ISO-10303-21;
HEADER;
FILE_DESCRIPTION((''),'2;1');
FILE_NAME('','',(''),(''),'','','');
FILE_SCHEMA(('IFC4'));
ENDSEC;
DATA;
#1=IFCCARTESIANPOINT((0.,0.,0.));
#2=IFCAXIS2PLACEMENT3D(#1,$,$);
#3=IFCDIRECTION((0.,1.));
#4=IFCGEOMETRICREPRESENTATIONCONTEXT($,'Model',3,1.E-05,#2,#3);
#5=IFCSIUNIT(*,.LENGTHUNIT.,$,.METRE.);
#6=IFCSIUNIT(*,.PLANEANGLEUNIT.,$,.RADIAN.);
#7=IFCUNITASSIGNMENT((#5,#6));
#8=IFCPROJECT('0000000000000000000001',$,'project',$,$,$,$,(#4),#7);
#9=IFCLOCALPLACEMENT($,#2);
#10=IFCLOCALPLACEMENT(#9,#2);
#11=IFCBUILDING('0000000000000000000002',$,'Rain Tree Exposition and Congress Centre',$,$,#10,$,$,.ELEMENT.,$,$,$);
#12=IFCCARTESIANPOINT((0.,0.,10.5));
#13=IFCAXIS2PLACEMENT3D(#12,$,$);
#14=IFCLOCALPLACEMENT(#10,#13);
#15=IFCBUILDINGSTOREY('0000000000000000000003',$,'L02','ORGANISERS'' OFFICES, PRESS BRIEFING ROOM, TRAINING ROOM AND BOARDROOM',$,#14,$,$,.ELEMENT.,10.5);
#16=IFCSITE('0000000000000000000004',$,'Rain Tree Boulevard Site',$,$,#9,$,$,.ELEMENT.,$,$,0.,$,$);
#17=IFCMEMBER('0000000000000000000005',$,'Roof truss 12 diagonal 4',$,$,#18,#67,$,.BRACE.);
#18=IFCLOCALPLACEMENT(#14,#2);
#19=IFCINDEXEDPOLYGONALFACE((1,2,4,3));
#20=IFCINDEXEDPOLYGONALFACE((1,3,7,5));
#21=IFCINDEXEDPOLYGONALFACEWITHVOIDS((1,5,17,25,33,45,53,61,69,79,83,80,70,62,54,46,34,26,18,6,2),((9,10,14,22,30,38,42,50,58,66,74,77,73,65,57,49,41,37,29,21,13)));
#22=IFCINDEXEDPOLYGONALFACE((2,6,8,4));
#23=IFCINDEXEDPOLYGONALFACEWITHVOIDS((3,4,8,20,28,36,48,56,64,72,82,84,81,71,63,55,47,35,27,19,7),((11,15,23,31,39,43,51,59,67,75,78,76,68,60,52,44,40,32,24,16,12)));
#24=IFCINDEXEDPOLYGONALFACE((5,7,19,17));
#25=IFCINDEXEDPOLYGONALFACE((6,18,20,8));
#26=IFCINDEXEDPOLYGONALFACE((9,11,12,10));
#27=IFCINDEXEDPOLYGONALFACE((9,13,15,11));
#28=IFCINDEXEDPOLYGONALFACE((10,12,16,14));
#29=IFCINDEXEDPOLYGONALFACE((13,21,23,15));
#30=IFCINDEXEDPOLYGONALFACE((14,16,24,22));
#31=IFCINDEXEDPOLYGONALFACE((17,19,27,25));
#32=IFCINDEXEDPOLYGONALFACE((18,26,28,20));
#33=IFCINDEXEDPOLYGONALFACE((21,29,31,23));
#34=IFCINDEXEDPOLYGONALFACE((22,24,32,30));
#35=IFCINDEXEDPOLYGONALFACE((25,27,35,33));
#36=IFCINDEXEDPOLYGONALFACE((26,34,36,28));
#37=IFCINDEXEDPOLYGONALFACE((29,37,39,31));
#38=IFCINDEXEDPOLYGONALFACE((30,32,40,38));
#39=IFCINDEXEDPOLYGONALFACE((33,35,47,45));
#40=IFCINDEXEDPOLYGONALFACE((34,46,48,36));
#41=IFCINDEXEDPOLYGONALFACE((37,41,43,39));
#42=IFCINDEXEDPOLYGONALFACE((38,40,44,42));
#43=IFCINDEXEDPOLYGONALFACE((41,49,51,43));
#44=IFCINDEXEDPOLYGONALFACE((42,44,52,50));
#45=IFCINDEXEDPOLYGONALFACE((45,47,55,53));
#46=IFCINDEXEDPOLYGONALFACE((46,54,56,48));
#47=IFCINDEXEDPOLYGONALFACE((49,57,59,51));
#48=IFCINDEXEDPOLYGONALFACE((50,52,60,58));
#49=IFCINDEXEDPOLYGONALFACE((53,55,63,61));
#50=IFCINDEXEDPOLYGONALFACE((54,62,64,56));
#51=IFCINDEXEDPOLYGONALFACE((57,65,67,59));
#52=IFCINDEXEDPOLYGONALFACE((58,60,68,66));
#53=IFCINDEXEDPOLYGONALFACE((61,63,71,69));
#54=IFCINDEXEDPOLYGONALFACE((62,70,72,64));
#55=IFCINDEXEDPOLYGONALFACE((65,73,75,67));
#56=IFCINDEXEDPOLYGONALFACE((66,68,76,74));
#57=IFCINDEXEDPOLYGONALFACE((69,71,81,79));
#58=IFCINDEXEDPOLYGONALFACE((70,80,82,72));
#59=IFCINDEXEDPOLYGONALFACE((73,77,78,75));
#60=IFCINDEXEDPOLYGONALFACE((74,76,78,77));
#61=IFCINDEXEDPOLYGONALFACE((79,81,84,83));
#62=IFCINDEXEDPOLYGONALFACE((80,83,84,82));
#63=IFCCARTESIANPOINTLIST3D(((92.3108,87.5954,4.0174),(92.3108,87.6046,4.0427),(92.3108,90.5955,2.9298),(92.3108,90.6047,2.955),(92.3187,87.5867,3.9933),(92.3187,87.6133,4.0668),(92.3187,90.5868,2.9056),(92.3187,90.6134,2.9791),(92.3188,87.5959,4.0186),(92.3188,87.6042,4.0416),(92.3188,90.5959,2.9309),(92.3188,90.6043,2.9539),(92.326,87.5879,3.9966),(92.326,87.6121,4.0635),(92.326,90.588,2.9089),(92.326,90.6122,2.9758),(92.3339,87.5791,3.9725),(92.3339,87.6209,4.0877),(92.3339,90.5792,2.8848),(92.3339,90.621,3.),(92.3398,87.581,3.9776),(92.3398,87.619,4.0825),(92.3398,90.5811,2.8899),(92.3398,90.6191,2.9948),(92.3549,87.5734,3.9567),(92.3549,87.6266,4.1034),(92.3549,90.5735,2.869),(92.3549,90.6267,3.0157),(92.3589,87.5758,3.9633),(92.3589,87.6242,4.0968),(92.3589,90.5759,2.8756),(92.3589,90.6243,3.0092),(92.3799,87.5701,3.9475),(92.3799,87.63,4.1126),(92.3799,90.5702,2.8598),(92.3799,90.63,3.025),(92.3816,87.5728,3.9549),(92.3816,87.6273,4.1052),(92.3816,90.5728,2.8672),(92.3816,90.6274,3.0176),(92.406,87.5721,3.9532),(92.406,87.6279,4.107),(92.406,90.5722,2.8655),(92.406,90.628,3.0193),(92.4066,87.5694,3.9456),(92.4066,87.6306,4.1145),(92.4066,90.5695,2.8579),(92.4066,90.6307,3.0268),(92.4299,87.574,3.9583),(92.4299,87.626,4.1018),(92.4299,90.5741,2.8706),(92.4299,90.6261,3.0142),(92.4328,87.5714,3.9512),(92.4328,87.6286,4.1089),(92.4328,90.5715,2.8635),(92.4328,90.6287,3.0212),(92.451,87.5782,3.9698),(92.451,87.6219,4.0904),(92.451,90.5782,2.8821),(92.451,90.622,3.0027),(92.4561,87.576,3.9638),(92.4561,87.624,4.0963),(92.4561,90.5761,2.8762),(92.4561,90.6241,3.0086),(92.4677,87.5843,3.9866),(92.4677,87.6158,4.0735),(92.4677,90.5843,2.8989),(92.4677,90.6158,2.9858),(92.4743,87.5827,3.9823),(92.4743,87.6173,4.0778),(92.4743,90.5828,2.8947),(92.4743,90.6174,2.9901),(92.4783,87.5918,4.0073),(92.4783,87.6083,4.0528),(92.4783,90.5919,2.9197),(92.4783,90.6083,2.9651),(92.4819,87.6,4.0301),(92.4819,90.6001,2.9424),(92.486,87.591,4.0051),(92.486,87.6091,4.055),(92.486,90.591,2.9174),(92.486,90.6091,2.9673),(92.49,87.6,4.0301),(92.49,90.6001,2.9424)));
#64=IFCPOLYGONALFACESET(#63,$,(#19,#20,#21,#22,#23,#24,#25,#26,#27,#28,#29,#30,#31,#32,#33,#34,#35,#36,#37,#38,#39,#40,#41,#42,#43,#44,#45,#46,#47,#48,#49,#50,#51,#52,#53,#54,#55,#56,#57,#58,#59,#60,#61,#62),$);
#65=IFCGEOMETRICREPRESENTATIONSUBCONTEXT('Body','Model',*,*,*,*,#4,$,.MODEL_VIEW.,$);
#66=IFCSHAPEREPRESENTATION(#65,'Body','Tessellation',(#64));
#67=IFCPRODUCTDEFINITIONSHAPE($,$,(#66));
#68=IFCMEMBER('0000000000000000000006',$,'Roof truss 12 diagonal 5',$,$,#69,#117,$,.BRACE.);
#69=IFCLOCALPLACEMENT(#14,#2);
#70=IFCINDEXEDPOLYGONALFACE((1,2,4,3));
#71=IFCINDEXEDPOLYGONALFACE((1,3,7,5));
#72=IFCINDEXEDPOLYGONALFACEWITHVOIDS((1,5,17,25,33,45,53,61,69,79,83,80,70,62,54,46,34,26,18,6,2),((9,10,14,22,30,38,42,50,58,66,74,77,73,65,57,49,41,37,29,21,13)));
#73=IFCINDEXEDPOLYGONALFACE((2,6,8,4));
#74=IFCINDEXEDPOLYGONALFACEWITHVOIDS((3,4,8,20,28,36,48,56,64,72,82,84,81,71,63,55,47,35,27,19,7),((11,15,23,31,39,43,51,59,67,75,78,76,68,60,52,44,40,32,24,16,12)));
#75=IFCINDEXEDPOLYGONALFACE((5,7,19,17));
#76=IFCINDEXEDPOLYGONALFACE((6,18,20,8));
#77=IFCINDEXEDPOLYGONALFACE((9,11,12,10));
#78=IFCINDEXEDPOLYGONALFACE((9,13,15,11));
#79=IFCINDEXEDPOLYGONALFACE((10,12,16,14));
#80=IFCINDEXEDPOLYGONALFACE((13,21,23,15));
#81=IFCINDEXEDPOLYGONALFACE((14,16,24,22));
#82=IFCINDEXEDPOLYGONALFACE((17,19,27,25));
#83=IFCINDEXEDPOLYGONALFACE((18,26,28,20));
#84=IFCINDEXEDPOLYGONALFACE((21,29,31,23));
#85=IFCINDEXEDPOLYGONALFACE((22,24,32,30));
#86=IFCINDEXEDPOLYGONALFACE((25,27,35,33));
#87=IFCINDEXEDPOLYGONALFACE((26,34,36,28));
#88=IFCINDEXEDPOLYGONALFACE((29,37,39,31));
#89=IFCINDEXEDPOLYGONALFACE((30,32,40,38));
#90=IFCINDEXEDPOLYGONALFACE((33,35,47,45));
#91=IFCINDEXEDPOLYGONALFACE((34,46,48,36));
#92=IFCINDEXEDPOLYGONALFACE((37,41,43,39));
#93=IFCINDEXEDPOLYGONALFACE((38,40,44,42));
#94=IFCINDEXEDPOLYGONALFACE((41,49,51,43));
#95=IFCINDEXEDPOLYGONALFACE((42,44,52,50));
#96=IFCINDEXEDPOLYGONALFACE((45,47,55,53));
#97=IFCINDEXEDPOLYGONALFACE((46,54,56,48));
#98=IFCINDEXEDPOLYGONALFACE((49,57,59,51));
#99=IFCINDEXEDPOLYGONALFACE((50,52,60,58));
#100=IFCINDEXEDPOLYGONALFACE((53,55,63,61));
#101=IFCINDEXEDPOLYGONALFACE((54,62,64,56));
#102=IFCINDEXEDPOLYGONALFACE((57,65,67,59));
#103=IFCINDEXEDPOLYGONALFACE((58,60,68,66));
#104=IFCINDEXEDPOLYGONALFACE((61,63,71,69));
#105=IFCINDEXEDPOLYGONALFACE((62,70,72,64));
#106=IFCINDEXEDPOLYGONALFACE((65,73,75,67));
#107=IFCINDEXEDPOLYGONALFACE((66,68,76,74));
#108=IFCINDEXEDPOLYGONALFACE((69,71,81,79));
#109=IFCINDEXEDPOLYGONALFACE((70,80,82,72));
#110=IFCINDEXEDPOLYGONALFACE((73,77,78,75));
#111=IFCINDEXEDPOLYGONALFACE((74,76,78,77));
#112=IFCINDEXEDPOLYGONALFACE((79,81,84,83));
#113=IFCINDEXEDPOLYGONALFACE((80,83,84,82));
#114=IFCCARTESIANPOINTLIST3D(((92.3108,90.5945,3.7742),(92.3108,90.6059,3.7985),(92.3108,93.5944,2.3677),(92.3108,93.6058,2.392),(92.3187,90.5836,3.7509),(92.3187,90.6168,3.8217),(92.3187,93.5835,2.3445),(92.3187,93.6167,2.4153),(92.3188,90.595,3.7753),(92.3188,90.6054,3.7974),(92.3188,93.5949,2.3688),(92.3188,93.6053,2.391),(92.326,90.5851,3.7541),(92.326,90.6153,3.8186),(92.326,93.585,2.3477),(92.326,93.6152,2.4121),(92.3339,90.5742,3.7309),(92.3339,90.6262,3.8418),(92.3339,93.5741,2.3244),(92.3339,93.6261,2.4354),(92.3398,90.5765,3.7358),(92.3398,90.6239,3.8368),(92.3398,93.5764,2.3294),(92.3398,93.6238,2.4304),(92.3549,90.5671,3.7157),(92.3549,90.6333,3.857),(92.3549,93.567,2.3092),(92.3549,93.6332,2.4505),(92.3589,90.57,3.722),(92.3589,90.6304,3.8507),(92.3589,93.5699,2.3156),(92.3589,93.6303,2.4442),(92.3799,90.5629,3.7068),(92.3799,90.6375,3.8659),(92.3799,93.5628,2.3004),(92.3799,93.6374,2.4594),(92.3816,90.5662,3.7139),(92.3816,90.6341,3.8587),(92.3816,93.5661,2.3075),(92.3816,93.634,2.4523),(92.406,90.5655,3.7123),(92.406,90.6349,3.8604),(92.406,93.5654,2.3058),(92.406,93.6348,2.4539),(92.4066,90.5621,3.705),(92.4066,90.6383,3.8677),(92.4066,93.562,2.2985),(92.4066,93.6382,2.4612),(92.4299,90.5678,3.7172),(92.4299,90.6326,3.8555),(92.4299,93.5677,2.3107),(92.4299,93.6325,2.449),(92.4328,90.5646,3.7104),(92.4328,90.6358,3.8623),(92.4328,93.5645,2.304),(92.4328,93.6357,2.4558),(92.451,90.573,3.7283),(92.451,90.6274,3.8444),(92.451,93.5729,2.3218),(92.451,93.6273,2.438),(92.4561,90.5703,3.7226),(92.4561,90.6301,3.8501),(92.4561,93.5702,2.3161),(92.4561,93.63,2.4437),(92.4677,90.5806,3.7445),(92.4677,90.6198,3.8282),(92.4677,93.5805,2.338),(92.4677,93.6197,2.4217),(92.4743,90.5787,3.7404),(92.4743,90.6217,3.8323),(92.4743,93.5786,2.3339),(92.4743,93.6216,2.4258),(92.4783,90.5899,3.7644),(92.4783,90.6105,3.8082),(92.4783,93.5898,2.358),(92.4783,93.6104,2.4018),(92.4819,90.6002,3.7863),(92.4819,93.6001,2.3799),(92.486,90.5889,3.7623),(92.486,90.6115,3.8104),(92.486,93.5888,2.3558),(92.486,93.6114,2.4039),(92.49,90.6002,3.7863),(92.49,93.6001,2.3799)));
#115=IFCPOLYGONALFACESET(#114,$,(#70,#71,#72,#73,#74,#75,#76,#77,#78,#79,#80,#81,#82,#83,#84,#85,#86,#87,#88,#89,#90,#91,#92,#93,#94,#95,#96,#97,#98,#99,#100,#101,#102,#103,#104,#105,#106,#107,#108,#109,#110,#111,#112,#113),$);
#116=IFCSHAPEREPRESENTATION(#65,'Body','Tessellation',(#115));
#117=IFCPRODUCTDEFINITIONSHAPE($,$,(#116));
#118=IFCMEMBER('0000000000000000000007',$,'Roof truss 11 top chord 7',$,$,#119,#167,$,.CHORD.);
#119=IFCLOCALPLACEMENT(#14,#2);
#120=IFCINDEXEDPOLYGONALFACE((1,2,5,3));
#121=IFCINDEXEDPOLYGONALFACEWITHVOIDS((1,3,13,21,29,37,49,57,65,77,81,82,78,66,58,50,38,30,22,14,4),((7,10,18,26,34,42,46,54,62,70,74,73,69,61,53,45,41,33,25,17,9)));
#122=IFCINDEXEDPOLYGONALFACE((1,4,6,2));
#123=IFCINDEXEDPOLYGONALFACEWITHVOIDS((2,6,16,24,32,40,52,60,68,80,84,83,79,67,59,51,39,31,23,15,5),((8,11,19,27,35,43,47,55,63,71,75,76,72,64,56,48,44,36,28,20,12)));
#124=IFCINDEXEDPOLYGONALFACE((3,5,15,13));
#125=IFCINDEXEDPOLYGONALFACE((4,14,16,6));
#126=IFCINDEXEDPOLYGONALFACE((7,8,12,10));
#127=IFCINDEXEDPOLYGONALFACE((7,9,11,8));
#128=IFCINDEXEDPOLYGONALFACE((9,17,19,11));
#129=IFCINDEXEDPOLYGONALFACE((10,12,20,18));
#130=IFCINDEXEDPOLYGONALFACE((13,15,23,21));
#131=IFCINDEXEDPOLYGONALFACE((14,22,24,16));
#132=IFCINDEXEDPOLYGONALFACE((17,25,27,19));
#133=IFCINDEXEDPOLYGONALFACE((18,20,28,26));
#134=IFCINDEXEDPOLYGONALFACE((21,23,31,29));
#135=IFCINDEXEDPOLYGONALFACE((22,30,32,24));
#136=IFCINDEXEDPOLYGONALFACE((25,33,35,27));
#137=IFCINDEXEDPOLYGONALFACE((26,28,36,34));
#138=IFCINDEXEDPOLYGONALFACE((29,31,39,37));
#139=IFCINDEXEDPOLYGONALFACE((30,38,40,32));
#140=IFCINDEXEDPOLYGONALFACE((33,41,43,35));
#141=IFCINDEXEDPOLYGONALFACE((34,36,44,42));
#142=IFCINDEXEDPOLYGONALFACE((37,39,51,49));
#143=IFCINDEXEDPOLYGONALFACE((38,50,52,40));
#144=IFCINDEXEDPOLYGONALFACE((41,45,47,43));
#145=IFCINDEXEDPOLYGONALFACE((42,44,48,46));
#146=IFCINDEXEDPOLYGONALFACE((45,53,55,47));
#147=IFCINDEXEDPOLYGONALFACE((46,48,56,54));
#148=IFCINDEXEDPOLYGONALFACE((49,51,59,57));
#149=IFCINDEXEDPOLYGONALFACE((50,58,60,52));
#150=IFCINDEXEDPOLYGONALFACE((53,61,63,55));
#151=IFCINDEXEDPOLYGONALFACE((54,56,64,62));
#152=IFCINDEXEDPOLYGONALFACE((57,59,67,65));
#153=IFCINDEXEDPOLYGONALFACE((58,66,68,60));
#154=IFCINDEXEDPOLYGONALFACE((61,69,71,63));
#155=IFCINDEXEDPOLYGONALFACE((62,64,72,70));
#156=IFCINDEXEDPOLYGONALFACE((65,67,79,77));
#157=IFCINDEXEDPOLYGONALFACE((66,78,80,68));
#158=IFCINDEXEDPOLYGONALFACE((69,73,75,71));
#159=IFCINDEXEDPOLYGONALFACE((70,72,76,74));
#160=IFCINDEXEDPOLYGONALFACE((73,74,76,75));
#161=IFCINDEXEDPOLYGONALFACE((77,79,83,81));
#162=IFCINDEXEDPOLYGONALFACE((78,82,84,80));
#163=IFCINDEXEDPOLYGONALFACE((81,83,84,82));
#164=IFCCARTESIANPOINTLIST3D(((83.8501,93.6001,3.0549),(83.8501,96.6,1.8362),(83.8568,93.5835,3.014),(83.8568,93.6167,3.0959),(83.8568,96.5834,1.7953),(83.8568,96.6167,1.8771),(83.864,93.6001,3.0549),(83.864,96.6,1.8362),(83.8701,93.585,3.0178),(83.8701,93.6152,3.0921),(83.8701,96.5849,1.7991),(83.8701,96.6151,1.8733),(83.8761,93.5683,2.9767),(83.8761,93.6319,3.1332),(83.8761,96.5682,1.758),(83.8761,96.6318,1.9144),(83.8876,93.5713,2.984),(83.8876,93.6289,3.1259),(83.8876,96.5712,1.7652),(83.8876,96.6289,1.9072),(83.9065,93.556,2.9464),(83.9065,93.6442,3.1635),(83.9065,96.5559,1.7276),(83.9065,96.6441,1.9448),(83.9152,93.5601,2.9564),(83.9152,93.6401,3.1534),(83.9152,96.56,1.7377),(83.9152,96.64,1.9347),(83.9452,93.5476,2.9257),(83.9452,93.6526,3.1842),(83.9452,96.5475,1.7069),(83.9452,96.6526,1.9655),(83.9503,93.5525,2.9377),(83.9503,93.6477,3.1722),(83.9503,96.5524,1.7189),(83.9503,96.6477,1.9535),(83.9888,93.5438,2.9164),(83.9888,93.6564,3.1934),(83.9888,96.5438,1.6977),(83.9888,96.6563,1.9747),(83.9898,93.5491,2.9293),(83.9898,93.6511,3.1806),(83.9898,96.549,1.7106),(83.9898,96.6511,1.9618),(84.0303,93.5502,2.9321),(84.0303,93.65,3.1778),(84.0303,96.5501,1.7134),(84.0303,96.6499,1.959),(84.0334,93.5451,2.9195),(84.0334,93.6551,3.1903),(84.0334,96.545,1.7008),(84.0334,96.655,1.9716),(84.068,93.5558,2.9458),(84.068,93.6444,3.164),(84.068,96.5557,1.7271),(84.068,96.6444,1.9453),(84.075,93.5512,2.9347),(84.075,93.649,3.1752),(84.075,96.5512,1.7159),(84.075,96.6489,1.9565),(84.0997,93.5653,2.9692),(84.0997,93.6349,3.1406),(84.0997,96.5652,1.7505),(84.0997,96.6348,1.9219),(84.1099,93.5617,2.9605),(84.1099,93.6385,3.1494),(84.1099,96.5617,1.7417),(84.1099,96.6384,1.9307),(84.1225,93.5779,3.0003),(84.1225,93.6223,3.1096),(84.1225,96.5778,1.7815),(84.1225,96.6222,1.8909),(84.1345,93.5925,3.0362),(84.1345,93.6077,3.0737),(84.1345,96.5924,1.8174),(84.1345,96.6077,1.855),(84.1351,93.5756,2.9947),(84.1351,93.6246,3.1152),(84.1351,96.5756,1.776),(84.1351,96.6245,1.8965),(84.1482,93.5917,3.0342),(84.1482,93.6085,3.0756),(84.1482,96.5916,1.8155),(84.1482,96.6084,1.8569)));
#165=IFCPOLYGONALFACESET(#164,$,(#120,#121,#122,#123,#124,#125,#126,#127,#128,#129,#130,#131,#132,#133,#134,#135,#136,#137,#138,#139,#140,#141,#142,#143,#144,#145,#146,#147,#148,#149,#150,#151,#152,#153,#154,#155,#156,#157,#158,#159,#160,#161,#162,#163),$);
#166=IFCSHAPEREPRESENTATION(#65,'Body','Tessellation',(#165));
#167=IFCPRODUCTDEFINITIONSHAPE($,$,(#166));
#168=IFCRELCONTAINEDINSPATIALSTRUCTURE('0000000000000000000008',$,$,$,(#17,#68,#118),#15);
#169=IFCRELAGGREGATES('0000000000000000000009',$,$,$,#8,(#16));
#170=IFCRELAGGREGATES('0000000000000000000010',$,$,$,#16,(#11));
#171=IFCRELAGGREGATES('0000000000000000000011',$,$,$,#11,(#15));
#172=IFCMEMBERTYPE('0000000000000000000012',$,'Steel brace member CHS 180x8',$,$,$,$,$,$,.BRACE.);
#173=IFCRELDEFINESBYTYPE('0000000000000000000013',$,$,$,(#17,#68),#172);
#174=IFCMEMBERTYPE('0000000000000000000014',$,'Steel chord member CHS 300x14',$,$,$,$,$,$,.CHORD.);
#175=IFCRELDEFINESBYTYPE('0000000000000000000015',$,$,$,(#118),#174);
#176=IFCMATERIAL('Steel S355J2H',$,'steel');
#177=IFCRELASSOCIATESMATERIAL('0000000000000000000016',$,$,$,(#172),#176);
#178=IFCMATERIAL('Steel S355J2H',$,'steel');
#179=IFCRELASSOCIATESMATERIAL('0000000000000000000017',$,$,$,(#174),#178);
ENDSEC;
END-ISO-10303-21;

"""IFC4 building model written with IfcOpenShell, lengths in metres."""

from ifc_helpers import new_model, si_unit, direction, frame, origin, origin_2d, place, context, subcontext, project, spatial, hollow_circle, extrude, material, material_profile, profile_set, type_object, element, save


model = new_model("IFC4")

# Units and contexts
model_context = context("Model", 3, precision=1e-05, world=origin(), true_north=direction((0.0, 1.0)))
body_context = subcontext(model_context, "Body", "Model", "MODEL_VIEW")
ifc_project = project(units=[si_unit("LENGTHUNIT", "METRE"), si_unit("PLANEANGLEUNIT", "RADIAN")], contexts=[model_context])

# Site, building, storey
site_placement = place(None, origin())
site = spatial("IfcSite", under=ifc_project, at=site_placement, Name="Rain Tree Boulevard Site", CompositionType="ELEMENT", RefElevation=0.0)
building_placement = place(site_placement, origin())
building = spatial("IfcBuilding", under=site, at=building_placement, Name="Rain Tree Exposition and Congress Centre", CompositionType="ELEMENT")
storey_placement = place(building_placement, frame((0.0, 0.0, 10.5)))
storey = spatial("IfcBuildingStorey", under=building, at=storey_placement, Name="L02", Description="ORGANISERS' OFFICES, PRESS BRIEFING ROOM, TRAINING ROOM AND BOARDROOM", CompositionType="ELEMENT", Elevation=10.5)

# Members
ifc_material_1 = material(Name="Steel S355J2H", Category="steel")
ifc_material_profile_1 = material_profile(ifc_material_1, hollow_circle(Radius=0.0901, WallThickness=0.0081, at=origin_2d()), Name="CHS 180x8")
ifc_profile_set_1 = profile_set([ifc_material_profile_1], Name="Steel S355J2H")
member_type_1 = type_object("IfcMemberType", Name="Steel brace member CHS 180x8", PredefinedType="BRACE", material=ifc_profile_set_1)
member_1_placement = place(storey_placement, frame((92.3999, 90.6001, 2.9424), z_axis=(0.0, -0.940121, 0.34084), x_axis=(1.0, 0.0, 0.0)))
element("IfcMember", 1, at=member_1_placement, inside=storey, type_object=member_type_1, Name="Roof truss 12 diagonal 4", PredefinedType="BRACE", context=body_context, shape_type="SweptSolid", body=[
    extrude(hollow_circle(Radius=0.0901, WallThickness=0.0081, at=origin_2d()), origin(), (0.0, 0.0, 1.0), 3.1912),
])
member_2_placement = place(storey_placement, frame((92.3999, 93.6001, 2.3799), z_axis=(0.0, -0.905431, 0.424494), x_axis=(1.0, 0.0, 0.0)))
element("IfcMember", 2, at=member_2_placement, inside=storey, type_object=member_type_1, Name="Roof truss 12 diagonal 5", PredefinedType="BRACE", context=body_context, shape_type="SweptSolid", body=[
    extrude(hollow_circle(Radius=0.0901, WallThickness=0.0081, at=origin_2d()), origin(), (0.0, 0.0, 1.0), 3.3132),
])
ifc_material_2 = material(Name="Steel S355J2H", Category="steel")
ifc_material_profile_2 = material_profile(ifc_material_2, hollow_circle(Radius=0.1499, WallThickness=0.0139, at=origin_2d()), Name="CHS 300x14")
ifc_profile_set_2 = profile_set([ifc_material_profile_2], Name="Steel S355J2H")
member_type_2 = type_object("IfcMemberType", Name="Steel chord member CHS 300x14", PredefinedType="CHORD", material=ifc_profile_set_2)
member_3_placement = place(storey_placement, frame((84.0, 93.6001, 3.0549), z_axis=(0.0, 0.926467, -0.376377), x_axis=(-1.0, 0.0, 0.0)))
element("IfcMember", 3, at=member_3_placement, inside=storey, type_object=member_type_2, Name="Roof truss 11 top chord 7", PredefinedType="CHORD", context=body_context, shape_type="SweptSolid", body=[
    extrude(hollow_circle(Radius=0.1499, WallThickness=0.0139, at=origin_2d()), origin(), (0.0, 0.0, 1.0), 3.238),
])

save(model, "model.ifc")
